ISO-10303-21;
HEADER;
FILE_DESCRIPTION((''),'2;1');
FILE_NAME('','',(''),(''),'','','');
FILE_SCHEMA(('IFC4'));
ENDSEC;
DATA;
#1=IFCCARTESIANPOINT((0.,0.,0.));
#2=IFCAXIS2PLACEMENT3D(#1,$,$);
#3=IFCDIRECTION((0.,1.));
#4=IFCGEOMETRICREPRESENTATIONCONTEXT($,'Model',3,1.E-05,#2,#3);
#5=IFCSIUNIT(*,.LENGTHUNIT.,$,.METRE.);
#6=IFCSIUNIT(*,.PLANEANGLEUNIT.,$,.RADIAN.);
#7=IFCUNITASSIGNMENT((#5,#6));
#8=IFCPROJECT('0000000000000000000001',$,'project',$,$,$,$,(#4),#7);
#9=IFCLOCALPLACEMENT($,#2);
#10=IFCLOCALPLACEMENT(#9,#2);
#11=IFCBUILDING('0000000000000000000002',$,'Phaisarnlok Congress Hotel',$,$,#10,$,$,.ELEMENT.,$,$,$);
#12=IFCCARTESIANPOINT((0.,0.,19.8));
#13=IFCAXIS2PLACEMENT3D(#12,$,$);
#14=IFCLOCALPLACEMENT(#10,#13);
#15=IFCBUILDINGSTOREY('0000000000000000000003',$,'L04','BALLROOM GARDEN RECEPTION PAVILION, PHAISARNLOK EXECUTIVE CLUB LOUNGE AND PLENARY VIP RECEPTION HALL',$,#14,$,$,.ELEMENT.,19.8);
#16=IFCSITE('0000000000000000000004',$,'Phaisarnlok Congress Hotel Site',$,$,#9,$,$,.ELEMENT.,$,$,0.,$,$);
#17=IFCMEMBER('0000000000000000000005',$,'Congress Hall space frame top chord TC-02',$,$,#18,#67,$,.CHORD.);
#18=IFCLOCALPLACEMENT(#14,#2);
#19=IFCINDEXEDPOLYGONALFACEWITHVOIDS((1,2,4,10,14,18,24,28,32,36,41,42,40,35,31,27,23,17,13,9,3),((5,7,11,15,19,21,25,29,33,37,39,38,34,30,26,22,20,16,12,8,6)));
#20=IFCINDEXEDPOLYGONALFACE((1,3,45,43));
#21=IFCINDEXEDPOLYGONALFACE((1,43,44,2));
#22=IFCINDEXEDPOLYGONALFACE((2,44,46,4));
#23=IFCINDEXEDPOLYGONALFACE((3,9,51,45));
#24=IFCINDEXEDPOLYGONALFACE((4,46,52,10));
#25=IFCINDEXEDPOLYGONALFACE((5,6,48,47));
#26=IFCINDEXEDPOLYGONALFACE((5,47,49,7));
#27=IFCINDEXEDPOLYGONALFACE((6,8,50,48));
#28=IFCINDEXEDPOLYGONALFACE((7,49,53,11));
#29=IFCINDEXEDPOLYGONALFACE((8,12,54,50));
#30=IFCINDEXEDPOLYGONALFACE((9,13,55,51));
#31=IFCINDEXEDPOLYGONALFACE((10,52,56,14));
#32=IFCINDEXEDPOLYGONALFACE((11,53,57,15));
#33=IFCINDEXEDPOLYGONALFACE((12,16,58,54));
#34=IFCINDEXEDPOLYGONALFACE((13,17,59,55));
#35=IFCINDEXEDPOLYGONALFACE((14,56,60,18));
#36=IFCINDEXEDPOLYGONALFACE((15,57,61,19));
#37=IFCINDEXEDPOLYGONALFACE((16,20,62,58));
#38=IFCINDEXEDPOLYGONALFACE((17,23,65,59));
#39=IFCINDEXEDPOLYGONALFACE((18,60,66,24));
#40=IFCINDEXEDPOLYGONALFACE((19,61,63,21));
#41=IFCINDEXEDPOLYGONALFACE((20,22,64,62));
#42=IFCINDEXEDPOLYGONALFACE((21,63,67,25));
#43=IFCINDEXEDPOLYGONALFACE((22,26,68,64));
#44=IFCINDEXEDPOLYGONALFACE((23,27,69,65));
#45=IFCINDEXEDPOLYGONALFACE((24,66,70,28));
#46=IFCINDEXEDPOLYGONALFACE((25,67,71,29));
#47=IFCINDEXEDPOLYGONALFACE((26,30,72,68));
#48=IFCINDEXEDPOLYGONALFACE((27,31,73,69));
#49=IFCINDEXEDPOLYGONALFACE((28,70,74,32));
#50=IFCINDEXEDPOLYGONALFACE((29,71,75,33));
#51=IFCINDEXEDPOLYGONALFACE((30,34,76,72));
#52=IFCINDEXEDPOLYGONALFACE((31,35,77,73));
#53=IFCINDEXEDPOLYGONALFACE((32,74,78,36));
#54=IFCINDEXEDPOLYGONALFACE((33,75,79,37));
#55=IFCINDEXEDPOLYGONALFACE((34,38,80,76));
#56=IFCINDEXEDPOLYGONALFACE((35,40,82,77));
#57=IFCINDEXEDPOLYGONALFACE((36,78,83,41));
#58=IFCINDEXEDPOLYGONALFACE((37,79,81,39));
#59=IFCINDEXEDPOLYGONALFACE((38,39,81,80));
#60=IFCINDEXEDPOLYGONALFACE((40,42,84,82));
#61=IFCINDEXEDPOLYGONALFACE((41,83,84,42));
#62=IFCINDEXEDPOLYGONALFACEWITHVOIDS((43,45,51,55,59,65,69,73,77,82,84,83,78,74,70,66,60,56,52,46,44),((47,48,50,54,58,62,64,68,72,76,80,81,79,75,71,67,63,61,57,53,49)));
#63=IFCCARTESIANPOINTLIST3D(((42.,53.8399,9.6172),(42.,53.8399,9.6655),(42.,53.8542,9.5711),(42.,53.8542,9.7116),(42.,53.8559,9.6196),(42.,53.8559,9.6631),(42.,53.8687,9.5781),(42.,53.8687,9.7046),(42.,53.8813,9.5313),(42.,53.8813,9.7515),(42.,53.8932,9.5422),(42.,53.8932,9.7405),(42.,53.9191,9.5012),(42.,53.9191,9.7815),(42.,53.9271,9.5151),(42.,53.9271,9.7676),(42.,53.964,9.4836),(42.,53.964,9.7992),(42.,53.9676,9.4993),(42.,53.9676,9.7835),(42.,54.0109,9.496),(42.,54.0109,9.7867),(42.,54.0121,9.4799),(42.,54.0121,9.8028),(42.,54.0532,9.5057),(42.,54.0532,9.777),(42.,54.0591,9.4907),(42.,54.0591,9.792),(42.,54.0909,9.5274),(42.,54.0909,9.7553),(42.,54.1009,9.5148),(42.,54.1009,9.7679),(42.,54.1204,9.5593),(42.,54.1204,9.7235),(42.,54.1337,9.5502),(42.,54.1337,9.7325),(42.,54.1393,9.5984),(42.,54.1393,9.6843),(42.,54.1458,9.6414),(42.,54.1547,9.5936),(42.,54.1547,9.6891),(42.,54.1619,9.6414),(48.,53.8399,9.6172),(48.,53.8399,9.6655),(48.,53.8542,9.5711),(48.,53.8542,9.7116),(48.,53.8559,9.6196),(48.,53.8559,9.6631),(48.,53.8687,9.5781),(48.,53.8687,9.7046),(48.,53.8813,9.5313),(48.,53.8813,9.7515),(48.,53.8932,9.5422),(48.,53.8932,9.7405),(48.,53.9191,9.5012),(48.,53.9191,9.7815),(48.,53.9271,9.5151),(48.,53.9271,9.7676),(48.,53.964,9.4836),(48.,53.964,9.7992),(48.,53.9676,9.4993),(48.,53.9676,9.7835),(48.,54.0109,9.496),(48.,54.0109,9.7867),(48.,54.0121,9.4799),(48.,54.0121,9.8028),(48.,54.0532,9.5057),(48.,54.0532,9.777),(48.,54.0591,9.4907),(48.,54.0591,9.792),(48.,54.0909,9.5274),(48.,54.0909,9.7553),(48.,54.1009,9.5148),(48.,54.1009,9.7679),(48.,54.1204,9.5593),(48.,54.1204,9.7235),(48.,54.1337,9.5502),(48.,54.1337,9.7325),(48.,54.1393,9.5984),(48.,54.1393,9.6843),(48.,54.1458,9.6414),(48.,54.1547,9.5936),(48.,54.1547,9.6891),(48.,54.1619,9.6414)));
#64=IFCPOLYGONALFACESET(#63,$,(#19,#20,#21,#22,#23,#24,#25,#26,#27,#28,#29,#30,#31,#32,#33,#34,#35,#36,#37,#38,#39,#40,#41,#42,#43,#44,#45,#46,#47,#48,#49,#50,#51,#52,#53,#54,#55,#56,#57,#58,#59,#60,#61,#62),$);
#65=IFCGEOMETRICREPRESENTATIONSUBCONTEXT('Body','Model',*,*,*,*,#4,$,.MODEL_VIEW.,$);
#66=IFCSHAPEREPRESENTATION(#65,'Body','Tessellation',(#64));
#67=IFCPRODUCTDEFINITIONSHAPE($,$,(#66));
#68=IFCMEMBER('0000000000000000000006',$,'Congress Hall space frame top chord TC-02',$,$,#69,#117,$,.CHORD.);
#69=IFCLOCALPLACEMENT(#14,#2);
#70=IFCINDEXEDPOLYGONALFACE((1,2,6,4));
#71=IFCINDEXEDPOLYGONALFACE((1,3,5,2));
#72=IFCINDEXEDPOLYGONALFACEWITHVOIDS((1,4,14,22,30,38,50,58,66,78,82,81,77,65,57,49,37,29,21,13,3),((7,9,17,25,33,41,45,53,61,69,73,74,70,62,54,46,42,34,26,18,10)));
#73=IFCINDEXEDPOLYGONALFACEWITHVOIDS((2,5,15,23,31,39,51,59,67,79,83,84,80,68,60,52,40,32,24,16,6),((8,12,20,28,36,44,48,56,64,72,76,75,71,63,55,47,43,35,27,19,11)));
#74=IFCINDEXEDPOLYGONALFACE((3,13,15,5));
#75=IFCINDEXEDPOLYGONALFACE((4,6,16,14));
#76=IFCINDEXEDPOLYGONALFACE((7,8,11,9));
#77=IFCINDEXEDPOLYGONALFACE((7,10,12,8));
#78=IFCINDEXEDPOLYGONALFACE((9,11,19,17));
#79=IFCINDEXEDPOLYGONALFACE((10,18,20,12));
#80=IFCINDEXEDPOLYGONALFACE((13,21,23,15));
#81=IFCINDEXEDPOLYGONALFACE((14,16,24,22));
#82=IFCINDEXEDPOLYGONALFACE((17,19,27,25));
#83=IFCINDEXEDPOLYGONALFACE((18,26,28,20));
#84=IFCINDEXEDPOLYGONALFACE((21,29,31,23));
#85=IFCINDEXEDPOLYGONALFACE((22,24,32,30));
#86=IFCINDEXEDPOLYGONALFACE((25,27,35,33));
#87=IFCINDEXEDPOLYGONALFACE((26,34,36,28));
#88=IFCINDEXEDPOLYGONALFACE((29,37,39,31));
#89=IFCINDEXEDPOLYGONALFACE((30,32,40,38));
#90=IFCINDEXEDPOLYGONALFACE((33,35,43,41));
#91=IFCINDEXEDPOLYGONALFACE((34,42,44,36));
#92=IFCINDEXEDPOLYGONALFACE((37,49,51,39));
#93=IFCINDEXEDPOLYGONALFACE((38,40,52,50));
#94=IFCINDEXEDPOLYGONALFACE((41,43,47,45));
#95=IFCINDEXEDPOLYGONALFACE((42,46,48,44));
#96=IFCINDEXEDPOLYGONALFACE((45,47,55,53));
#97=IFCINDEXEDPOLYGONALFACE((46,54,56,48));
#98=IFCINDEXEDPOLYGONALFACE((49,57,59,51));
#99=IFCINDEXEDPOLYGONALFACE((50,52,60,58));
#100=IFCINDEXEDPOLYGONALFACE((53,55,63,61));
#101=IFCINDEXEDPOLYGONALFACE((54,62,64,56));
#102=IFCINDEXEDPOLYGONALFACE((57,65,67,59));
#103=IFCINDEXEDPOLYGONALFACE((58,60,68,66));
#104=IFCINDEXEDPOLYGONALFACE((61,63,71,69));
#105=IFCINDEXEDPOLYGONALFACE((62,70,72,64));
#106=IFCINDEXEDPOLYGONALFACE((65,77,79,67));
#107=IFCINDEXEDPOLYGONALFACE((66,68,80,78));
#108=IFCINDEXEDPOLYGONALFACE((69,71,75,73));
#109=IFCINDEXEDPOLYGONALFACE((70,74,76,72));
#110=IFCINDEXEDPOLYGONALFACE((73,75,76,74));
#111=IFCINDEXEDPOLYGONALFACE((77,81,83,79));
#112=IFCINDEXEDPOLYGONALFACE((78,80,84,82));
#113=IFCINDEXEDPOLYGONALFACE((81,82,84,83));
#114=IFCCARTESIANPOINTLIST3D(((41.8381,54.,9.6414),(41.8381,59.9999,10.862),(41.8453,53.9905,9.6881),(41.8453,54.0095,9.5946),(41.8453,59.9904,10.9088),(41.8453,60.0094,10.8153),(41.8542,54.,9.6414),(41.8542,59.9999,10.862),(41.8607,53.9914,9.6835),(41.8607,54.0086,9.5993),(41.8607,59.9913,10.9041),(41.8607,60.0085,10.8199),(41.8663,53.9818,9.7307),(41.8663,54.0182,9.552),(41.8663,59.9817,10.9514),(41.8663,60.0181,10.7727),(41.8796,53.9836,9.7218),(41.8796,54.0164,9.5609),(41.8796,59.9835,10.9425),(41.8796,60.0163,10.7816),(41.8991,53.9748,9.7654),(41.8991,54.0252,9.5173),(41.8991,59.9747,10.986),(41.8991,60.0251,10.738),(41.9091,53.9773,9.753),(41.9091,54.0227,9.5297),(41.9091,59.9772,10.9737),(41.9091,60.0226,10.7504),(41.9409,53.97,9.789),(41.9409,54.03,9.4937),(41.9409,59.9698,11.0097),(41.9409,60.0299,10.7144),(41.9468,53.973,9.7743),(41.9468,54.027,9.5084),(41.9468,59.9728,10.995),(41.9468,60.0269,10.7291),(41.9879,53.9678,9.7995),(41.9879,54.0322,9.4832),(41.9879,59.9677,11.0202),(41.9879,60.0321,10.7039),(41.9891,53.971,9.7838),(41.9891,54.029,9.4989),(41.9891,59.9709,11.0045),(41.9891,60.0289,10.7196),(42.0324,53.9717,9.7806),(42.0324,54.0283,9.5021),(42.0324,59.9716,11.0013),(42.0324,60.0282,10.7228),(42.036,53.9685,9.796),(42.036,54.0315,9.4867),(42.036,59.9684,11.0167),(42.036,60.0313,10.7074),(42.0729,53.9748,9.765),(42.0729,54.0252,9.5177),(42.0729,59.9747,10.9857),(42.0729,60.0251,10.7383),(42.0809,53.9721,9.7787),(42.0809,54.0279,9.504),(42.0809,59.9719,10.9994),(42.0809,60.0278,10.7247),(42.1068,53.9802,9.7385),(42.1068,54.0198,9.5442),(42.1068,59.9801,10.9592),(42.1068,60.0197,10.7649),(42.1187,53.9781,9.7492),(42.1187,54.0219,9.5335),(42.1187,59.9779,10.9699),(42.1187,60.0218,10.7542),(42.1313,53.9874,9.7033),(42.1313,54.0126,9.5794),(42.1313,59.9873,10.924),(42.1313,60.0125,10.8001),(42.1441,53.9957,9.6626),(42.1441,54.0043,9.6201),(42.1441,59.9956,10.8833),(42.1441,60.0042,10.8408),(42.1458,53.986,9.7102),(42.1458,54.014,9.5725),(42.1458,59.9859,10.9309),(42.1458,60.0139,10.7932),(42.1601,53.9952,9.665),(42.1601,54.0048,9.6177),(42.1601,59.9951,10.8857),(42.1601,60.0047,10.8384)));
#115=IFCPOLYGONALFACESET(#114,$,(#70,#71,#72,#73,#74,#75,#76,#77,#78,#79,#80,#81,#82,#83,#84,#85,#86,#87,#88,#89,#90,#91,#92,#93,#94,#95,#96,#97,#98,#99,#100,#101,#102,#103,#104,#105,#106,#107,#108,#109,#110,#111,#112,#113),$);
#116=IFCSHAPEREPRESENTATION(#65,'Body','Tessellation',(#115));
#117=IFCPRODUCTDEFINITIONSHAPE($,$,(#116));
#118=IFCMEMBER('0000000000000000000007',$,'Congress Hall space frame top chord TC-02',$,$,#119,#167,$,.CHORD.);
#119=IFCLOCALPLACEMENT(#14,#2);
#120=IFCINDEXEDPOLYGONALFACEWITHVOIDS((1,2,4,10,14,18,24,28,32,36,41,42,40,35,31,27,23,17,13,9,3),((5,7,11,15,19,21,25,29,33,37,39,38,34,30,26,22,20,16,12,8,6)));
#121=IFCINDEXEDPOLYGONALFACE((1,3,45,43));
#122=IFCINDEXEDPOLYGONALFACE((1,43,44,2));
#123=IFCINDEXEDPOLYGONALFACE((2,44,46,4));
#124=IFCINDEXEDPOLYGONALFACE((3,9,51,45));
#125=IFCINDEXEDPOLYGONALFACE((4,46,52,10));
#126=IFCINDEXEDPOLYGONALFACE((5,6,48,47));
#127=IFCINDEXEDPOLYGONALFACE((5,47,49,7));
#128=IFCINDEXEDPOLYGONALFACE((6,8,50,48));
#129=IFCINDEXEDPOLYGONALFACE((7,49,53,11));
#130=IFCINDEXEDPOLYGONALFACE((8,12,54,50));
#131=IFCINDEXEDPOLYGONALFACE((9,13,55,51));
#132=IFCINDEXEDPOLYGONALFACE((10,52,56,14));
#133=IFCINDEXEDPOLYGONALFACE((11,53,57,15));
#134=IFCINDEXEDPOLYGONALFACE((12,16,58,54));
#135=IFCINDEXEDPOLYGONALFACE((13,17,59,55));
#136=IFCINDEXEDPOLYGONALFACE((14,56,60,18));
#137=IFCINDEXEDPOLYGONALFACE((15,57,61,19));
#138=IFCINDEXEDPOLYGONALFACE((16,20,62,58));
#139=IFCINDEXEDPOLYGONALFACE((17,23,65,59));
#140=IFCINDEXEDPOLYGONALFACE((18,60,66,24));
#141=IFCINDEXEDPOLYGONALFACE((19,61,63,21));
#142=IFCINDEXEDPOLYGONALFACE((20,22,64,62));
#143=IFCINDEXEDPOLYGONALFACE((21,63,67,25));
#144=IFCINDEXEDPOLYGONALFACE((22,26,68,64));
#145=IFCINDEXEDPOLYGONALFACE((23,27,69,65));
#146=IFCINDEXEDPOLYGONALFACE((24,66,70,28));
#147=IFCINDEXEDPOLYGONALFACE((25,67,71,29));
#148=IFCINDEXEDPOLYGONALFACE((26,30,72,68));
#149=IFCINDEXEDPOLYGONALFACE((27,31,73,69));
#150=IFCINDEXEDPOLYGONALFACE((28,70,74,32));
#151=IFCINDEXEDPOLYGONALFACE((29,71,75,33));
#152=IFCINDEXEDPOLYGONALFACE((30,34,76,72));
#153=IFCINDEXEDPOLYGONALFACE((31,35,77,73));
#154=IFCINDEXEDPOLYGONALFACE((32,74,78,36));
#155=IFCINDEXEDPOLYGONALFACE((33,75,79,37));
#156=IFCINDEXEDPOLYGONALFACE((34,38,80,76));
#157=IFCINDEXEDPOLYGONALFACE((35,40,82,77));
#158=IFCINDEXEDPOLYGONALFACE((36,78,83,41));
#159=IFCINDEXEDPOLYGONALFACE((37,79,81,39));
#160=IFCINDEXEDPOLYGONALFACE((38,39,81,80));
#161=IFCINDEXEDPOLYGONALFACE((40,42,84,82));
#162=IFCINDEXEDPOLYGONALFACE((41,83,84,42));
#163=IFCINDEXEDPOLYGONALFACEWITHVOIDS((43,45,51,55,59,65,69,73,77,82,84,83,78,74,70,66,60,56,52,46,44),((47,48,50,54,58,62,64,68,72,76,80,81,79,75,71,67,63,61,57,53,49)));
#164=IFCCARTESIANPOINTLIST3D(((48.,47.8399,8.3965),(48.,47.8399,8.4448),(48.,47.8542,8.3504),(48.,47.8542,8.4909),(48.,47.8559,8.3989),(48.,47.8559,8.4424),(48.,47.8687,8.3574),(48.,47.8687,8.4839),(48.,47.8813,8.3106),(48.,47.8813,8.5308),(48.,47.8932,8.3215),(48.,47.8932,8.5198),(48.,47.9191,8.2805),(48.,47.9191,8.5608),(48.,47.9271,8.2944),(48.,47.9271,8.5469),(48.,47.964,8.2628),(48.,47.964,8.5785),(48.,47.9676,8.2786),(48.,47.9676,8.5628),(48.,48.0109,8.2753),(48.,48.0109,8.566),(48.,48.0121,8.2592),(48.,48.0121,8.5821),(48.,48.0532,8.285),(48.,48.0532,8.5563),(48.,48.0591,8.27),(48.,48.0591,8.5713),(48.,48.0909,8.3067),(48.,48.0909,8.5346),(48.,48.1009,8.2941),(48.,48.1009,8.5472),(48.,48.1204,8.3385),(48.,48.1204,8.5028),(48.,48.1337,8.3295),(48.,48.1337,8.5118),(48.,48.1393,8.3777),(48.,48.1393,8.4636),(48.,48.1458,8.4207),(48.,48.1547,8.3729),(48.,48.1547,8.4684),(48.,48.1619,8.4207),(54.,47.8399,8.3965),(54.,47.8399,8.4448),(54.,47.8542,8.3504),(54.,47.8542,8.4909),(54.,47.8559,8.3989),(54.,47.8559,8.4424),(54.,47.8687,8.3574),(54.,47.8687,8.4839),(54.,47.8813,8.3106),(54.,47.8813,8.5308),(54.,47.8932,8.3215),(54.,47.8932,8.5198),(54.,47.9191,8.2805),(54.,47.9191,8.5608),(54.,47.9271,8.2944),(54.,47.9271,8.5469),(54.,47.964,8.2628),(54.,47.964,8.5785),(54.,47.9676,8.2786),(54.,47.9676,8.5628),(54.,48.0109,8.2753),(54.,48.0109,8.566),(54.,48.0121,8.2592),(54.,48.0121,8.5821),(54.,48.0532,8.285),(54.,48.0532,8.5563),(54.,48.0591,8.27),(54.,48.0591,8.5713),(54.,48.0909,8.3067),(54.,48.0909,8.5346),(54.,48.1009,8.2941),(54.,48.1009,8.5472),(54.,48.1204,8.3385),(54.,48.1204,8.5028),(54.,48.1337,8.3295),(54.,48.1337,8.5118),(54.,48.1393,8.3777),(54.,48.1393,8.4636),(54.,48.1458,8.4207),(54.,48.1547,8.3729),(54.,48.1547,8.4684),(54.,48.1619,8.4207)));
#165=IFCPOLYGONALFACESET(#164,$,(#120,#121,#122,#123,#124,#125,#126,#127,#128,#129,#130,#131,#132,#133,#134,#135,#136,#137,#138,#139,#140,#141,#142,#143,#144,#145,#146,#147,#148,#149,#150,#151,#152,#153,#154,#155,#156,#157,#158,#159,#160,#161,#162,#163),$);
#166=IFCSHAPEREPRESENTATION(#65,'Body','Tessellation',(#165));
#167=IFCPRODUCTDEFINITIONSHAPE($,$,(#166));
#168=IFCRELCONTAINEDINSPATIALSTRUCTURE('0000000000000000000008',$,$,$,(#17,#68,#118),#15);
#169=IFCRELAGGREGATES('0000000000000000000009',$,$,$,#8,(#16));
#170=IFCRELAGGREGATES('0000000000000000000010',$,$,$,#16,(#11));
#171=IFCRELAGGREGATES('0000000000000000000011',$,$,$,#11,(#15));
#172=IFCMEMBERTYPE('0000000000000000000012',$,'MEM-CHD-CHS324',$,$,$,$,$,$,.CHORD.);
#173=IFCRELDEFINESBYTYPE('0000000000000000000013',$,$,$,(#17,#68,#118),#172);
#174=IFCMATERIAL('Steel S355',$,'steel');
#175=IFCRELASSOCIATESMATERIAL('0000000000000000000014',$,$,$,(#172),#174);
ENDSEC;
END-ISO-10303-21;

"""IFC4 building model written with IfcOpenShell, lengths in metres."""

from ifc_helpers import new_model, si_unit, direction, frame, origin, origin_2d, place, context, subcontext, project, spatial, hollow_circle, extrude, material, material_profile, profile_set, type_object, element, save


model = new_model("IFC4")

# Units and contexts
model_context = context("Model", 3, precision=1e-05, world=origin(), true_north=direction((0.0, 1.0)))
body_context = subcontext(model_context, "Body", "Model", "MODEL_VIEW")
ifc_project = project(units=[si_unit("LENGTHUNIT", "METRE"), si_unit("PLANEANGLEUNIT", "RADIAN")], contexts=[model_context])

# Site, building, storey
site_placement = place(None, origin())
site = spatial("IfcSite", under=ifc_project, at=site_placement, Name="Phaisarnlok Congress Hotel Site", CompositionType="ELEMENT", RefElevation=0.0)
building_placement = place(site_placement, origin())
building = spatial("IfcBuilding", under=site, at=building_placement, Name="Phaisarnlok Congress Hotel", CompositionType="ELEMENT")
storey_placement = place(building_placement, frame((0.0, 0.0, 19.8)))
storey = spatial("IfcBuildingStorey", under=building, at=storey_placement, Name="L04", Description="BALLROOM GARDEN RECEPTION PAVILION, PHAISARNLOK EXECUTIVE CLUB LOUNGE AND PLENARY VIP RECEPTION HALL", CompositionType="ELEMENT", Elevation=19.8)

# Members
ifc_material = material(Name="Steel S355", Category="steel")
ifc_material_profile_1 = material_profile(ifc_material, hollow_circle(Radius=0.1619, WallThickness=0.0161, at=origin_2d()), Name="CHS 323.9x16")
ifc_profile_set_1 = profile_set([ifc_material_profile_1], Name="Steel S355")
member_type_1 = type_object("IfcMemberType", Name="MEM-CHD-CHS324", PredefinedType="CHORD", material=ifc_profile_set_1)
member_1_placement = place(storey_placement, frame((42.0, 54.0, 9.6414), z_axis=(1.0, 0.0, 0.0), x_axis=(0.0, 1.0, 0.0)))
element("IfcMember", 1, at=member_1_placement, inside=storey, type_object=member_type_1, Name="Congress Hall space frame top chord TC-02", PredefinedType="CHORD", context=body_context, shape_type="SweptSolid", body=[
    extrude(hollow_circle(Radius=0.1619, WallThickness=0.0161, at=origin_2d()), origin(), (0.0, 0.0, 1.0), 6.0),
])
member_2_placement = place(storey_placement, frame((42.0, 54.0, 9.6414), z_axis=(0.0, 0.979925, 0.199366), x_axis=(-1.0, 0.0, 0.0)))
element("IfcMember", 2, at=member_2_placement, inside=storey, type_object=member_type_1, Name="Congress Hall space frame top chord TC-02", PredefinedType="CHORD", context=body_context, shape_type="SweptSolid", body=[
    extrude(hollow_circle(Radius=0.1619, WallThickness=0.0161, at=origin_2d()), origin(), (0.0, 0.0, 1.0), 6.1228),
])
member_3_placement = place(storey_placement, frame((48.0, 48.0, 8.4207), z_axis=(1.0, 0.0, 0.0), x_axis=(0.0, 1.0, 0.0)))
element("IfcMember", 3, at=member_3_placement, inside=storey, type_object=member_type_1, Name="Congress Hall space frame top chord TC-02", PredefinedType="CHORD", context=body_context, shape_type="SweptSolid", body=[
    extrude(hollow_circle(Radius=0.1619, WallThickness=0.0161, at=origin_2d()), origin(), (0.0, 0.0, 1.0), 6.0),
])

save(model, "model.ifc")
